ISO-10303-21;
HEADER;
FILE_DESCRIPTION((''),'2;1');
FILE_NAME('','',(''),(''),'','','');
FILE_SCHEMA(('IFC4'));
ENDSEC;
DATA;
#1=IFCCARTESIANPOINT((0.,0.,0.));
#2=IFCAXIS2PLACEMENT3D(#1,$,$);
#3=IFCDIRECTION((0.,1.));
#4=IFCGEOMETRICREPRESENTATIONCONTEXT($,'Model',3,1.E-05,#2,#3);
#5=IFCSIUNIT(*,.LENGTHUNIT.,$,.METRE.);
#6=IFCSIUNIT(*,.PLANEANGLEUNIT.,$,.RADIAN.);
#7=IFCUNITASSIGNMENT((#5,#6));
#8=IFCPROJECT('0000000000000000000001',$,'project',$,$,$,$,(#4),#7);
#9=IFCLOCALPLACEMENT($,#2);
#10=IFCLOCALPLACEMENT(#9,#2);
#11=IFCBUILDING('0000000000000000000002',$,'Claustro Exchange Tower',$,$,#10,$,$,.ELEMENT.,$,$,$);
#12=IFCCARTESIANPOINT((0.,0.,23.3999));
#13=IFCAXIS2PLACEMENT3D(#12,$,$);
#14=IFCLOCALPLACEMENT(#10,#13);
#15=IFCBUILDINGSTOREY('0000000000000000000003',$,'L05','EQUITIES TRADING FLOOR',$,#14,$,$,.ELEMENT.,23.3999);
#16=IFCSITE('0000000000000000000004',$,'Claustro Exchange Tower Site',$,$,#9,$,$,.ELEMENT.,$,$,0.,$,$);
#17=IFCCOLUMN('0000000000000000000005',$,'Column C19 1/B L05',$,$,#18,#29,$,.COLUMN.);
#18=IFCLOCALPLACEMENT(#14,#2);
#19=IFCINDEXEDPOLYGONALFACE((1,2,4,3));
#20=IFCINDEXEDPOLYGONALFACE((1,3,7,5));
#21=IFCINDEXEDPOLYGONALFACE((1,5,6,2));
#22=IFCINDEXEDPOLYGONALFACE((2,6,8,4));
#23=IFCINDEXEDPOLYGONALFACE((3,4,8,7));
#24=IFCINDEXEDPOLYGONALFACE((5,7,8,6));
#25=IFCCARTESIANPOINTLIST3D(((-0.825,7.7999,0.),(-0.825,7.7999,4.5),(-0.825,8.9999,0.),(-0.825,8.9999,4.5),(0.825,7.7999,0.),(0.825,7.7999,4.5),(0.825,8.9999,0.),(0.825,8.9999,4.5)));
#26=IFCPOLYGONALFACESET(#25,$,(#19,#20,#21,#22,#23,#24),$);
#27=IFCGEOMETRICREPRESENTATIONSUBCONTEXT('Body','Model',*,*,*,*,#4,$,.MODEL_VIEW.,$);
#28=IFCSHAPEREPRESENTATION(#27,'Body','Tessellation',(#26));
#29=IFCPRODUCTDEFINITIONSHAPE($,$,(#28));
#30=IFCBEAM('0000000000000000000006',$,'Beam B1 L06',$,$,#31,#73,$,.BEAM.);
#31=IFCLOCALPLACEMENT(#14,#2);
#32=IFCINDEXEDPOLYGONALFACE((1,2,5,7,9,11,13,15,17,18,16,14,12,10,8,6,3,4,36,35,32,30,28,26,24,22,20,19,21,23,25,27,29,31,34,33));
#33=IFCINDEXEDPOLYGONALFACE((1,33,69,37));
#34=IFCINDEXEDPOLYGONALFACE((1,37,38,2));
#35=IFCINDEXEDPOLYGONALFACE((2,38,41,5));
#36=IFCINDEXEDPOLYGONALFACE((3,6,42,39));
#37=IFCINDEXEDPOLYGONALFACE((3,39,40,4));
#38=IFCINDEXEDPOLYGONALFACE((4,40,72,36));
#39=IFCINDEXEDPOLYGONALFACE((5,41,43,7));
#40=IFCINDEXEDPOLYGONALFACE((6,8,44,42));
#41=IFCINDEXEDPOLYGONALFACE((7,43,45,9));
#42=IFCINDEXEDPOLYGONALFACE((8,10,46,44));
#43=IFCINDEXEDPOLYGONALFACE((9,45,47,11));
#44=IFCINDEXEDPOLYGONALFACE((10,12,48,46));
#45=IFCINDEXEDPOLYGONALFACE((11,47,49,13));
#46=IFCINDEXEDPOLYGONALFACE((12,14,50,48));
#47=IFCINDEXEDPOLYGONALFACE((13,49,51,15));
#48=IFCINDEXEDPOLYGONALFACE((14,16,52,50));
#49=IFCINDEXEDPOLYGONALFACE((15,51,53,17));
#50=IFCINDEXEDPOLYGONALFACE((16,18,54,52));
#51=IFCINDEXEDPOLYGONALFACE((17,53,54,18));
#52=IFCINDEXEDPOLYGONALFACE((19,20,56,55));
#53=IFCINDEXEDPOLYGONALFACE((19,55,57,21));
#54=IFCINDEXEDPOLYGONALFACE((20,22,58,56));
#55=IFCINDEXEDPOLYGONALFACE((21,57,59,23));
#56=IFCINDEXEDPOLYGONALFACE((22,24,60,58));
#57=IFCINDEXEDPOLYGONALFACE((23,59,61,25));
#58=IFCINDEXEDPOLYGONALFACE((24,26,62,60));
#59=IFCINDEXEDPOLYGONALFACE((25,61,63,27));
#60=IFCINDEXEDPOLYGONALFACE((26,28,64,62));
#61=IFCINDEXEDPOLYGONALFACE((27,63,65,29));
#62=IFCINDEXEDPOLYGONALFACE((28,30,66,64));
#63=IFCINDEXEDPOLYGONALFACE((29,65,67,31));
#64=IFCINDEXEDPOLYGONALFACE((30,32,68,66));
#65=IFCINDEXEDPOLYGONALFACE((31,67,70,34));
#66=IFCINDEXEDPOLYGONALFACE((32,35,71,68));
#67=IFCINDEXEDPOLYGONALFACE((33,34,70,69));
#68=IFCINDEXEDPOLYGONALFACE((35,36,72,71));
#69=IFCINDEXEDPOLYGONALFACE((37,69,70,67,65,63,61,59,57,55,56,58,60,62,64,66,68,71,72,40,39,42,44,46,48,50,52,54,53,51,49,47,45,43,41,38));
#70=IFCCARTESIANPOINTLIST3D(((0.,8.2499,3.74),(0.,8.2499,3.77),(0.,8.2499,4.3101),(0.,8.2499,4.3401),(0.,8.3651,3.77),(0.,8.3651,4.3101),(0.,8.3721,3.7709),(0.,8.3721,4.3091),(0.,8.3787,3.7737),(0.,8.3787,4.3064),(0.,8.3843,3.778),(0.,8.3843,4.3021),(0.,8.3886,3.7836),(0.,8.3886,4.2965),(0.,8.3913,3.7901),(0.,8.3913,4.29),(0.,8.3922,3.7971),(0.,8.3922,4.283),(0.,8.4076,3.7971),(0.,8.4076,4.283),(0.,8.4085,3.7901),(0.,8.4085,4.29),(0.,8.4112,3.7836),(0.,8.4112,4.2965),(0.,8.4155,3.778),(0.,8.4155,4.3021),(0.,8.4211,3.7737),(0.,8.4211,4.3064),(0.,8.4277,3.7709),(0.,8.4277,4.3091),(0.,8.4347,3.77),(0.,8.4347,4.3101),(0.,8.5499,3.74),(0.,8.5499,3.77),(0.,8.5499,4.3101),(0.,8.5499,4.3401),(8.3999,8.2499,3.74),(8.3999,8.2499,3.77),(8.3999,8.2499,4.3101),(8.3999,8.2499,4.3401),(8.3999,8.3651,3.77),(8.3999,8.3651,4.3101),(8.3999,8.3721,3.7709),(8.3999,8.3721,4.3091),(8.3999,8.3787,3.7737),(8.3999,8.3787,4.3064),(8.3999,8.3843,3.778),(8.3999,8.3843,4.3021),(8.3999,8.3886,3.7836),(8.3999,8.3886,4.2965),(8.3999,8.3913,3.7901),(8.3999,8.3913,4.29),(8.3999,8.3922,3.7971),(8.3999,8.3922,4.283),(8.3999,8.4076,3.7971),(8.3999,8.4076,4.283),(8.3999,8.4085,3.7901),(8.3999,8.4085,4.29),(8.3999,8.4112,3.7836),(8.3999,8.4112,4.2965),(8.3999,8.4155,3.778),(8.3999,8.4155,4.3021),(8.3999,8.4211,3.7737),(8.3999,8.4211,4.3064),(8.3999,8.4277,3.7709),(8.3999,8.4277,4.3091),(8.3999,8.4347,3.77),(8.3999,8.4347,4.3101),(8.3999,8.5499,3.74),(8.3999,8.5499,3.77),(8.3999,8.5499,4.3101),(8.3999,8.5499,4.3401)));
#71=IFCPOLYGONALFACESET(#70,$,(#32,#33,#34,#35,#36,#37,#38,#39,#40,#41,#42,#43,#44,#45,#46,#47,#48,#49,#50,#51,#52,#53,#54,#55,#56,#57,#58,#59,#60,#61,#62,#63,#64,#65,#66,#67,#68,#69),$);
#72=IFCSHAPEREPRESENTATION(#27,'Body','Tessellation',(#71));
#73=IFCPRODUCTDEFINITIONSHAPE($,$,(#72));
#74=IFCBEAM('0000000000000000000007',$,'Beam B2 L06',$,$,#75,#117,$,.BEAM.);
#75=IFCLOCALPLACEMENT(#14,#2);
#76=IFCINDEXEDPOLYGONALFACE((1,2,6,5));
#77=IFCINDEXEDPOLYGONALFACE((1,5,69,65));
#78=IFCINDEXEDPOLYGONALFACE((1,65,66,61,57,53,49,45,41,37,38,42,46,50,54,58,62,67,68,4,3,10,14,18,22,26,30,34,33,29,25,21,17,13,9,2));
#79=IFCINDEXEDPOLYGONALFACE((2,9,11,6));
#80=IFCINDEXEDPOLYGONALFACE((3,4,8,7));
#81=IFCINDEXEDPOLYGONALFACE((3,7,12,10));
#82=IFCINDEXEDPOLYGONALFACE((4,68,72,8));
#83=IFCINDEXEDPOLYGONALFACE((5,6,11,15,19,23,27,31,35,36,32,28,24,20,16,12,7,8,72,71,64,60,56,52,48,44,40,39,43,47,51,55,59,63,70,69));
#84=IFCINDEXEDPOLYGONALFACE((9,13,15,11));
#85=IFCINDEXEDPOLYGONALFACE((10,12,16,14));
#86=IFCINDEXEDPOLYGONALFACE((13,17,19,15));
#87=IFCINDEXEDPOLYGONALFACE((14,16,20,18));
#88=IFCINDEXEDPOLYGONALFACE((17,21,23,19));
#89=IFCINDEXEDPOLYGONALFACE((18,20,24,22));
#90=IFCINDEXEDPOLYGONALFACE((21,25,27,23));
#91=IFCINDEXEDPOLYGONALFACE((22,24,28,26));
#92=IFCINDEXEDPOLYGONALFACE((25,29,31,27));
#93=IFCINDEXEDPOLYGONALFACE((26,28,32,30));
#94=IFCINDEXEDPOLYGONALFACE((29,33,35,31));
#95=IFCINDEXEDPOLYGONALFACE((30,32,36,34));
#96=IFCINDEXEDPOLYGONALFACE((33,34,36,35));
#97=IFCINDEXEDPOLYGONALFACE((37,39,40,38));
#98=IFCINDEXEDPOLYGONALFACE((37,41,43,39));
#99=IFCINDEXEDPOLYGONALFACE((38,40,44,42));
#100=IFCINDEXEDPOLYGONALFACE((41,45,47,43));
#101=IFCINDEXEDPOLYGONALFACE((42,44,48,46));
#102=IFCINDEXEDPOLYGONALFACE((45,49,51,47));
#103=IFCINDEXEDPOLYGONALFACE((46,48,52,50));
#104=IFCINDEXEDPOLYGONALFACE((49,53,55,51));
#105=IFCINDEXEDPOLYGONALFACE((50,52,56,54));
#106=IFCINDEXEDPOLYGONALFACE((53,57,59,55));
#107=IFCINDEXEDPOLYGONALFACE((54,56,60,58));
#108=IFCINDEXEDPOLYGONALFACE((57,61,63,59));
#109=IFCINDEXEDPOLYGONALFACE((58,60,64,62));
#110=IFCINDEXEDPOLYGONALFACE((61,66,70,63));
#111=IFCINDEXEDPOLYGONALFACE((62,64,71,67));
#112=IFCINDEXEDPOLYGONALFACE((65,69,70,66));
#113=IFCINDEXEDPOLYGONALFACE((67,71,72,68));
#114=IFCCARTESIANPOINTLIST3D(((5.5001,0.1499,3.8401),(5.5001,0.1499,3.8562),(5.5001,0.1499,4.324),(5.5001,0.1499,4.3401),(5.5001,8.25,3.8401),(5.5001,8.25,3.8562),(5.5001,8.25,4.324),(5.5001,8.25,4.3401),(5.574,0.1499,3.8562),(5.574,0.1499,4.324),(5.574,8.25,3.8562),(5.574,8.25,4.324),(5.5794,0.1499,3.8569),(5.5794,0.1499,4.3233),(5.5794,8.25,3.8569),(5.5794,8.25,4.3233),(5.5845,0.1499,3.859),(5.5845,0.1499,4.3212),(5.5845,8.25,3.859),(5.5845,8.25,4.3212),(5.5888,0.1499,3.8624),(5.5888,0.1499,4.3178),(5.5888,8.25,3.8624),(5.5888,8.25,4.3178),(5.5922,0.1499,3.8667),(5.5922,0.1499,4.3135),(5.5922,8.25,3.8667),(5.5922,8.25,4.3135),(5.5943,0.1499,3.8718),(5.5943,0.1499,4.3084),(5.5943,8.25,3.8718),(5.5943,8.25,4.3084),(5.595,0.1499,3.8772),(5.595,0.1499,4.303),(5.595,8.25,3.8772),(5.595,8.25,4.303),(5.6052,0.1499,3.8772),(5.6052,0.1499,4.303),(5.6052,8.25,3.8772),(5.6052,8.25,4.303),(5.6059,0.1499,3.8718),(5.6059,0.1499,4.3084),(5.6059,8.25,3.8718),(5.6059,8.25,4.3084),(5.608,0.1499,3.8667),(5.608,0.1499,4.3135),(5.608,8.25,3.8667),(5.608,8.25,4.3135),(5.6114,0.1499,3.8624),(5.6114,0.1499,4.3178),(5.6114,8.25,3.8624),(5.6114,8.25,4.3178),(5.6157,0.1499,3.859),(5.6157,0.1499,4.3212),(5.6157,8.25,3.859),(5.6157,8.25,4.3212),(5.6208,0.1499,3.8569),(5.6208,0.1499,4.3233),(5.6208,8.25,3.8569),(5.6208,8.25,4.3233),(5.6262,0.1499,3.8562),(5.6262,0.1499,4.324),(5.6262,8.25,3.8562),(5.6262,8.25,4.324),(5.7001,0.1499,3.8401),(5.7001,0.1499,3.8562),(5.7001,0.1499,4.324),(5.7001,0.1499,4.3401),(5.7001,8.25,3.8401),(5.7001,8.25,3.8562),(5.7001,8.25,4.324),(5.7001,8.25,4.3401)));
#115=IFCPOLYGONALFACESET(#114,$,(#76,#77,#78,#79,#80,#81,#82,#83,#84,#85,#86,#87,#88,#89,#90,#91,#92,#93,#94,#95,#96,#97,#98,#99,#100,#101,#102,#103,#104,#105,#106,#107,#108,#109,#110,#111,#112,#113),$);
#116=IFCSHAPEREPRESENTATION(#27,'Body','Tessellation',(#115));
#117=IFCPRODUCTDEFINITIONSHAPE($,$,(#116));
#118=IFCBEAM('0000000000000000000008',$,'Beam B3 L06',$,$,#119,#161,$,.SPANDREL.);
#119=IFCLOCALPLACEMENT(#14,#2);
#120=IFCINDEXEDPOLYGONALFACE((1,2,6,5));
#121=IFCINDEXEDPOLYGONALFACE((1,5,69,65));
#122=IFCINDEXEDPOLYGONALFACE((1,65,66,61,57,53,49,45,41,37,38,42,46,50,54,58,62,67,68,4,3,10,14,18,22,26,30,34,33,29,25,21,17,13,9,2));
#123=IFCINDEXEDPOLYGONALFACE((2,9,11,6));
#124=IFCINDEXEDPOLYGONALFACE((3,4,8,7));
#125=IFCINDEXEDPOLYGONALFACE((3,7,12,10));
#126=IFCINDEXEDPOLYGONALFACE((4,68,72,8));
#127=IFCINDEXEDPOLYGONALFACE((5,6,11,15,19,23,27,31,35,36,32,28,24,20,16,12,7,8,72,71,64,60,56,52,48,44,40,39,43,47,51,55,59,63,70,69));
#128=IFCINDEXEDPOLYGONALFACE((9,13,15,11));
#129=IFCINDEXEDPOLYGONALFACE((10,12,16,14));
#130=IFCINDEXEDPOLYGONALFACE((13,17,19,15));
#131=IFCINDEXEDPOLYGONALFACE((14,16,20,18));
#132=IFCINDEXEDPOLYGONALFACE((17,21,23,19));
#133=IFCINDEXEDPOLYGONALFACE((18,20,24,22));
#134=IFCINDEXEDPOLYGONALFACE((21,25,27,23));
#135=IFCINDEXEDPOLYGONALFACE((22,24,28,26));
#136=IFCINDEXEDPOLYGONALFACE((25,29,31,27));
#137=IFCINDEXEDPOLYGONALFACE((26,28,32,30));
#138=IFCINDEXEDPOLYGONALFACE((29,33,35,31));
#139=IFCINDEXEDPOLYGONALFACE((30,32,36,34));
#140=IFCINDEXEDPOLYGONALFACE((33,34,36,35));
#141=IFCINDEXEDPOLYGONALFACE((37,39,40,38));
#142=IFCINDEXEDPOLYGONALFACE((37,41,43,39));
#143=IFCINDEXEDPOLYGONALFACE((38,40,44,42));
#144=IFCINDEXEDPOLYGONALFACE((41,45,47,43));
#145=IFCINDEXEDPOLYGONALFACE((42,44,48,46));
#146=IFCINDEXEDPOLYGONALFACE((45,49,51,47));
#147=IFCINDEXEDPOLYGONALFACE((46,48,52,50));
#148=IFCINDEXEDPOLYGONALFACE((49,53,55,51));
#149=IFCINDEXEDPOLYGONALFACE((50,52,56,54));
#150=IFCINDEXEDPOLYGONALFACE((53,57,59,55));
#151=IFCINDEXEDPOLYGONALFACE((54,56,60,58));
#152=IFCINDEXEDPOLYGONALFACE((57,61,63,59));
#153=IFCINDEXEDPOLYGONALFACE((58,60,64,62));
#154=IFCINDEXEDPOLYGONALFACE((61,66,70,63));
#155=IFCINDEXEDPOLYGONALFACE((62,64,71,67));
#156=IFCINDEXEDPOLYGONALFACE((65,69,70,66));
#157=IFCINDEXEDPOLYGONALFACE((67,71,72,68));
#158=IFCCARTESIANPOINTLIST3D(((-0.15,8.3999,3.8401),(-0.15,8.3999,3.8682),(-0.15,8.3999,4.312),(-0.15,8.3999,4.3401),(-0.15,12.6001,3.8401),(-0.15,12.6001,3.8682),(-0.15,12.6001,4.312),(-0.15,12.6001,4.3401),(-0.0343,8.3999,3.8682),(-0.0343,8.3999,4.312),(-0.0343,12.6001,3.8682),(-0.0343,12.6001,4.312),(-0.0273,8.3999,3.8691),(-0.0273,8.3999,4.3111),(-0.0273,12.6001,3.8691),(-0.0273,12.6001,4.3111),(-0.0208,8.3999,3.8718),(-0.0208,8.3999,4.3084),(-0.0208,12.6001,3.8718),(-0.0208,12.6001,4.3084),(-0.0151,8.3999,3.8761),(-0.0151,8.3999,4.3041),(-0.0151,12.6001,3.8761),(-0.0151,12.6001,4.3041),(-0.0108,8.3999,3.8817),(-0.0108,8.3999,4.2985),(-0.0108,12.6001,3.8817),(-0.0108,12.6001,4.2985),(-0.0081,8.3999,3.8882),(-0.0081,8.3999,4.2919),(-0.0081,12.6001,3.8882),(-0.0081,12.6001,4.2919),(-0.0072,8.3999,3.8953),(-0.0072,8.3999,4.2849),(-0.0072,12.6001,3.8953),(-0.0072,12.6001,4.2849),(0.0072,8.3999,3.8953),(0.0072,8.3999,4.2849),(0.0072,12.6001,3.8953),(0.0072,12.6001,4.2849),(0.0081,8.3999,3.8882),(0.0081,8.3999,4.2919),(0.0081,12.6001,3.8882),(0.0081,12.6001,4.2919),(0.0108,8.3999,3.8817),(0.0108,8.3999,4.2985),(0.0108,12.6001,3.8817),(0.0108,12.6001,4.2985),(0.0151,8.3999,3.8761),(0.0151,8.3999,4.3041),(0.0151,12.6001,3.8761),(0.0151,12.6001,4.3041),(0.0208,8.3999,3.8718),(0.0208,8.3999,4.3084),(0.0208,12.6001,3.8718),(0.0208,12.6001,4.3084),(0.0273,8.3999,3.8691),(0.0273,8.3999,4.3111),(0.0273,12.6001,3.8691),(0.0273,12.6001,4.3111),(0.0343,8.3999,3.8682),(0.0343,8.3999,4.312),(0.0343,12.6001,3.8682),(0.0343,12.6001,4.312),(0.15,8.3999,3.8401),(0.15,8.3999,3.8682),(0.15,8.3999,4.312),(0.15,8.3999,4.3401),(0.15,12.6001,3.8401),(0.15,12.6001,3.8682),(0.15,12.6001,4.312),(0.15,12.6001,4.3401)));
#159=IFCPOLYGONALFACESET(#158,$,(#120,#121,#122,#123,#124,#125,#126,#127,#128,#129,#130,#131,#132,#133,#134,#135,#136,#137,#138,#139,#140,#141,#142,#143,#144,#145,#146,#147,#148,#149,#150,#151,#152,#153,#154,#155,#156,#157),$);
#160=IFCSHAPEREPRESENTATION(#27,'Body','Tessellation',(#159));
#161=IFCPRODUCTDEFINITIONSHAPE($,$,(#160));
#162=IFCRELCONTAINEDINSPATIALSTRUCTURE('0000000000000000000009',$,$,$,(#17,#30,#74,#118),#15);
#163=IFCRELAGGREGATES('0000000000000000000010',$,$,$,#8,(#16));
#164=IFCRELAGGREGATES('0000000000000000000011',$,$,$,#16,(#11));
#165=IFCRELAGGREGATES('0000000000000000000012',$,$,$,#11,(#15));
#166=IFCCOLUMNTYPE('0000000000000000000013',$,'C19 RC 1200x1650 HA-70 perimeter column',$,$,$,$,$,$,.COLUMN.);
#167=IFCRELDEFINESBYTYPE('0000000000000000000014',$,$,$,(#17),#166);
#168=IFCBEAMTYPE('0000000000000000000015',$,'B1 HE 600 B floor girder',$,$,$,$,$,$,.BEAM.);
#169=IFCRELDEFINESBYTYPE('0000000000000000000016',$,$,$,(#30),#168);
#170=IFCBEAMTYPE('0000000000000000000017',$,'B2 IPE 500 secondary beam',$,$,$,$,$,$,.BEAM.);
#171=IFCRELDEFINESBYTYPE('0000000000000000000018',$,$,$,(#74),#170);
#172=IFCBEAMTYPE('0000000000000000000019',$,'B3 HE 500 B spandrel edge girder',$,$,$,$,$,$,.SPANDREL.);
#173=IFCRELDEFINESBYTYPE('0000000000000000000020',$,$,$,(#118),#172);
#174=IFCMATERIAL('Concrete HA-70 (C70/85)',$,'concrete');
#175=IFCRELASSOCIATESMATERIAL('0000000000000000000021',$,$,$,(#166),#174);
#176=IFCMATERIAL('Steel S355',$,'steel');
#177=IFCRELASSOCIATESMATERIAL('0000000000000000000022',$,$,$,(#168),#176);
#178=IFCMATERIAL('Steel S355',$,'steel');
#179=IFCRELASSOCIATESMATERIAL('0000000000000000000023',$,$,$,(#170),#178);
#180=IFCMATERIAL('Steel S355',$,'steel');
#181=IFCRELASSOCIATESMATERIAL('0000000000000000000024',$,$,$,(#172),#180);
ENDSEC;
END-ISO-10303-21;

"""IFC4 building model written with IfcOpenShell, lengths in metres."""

from ifc_helpers import new_model, si_unit, direction, frame, origin, origin_2d, place, context, subcontext, project, spatial, rectangle, i_section, extrude, material, material_profile, profile_set, type_object, element, save


model = new_model("IFC4")

# Units and contexts
model_context = context("Model", 3, precision=1e-05, world=origin(), true_north=direction((0.0, 1.0)))
body_context = subcontext(model_context, "Body", "Model", "MODEL_VIEW")
ifc_project = project(units=[si_unit("LENGTHUNIT", "METRE"), si_unit("PLANEANGLEUNIT", "RADIAN")], contexts=[model_context])

# Site, building, storey
site_placement = place(None, origin())
site = spatial("IfcSite", under=ifc_project, at=site_placement, Name="Claustro Exchange Tower Site", CompositionType="ELEMENT", RefElevation=0.0)
building_placement = place(site_placement, origin())
building = spatial("IfcBuilding", under=site, at=building_placement, Name="Claustro Exchange Tower", CompositionType="ELEMENT")
storey_placement = place(building_placement, frame((0.0, 0.0, 23.3999)))
storey = spatial("IfcBuildingStorey", under=building, at=storey_placement, Name="L05", Description="EQUITIES TRADING FLOOR", CompositionType="ELEMENT", Elevation=23.3999)

# Column
ifc_material_1 = material(Name="Concrete HA-70 (C70/85)", Category="concrete")
ifc_material_profile_1 = material_profile(ifc_material_1, rectangle(XDim=1.2, YDim=1.6499, at=origin_2d()), Name="RC 1200x1650")
ifc_profile_set_1 = profile_set([ifc_material_profile_1], Name="Concrete HA-70 (C70/85)")
column_type = type_object("IfcColumnType", Name="C19 RC 1200x1650 HA-70 perimeter column", PredefinedType="COLUMN", material=ifc_profile_set_1)
column_placement = place(storey_placement, frame((0.0, 8.3999, 0.0), z_axis=(0.0, 0.0, 1.0), x_axis=(0.0, 1.0, 0.0)))
element("IfcColumn", 1, at=column_placement, inside=storey, type_object=column_type, Name="Column C19 1/B L05", PredefinedType="COLUMN", context=body_context, shape_type="SweptSolid", body=[
    extrude(rectangle(XDim=1.2, YDim=1.6499, at=origin_2d()), origin(), (0.0, 0.0, 1.0), 4.5),
])

# Beams
ifc_material_2 = material(Name="Steel S355", Category="steel")
ifc_material_profile_2 = material_profile(ifc_material_2, i_section(OverallWidth=0.3, OverallDepth=0.6001, WebThickness=0.0154, FlangeThickness=0.03, FilletRadius=0.0271, at=origin_2d()), Name="HE 600 B")
ifc_profile_set_2 = profile_set([ifc_material_profile_2], Name="Steel S355")
beam_type_1 = type_object("IfcBeamType", Name="B1 HE 600 B floor girder", PredefinedType="BEAM", material=ifc_profile_set_2)
beam_1_placement = place(storey_placement, frame((0.0, 8.3999, 4.04), z_axis=(1.0, 0.0, 0.0), x_axis=(0.0, 1.0, 0.0)))
element("IfcBeam", 2, at=beam_1_placement, inside=storey, type_object=beam_type_1, Name="Beam B1 L06", PredefinedType="BEAM", context=body_context, shape_type="SweptSolid", body=[
    extrude(i_section(OverallWidth=0.3, OverallDepth=0.6001, WebThickness=0.0154, FlangeThickness=0.03, FilletRadius=0.0271, at=origin_2d()), origin(), (0.0, 0.0, 1.0), 8.3999),
])
ifc_material_3 = material(Name="Steel S355", Category="steel")
ifc_material_profile_3 = material_profile(ifc_material_3, i_section(OverallWidth=0.2, OverallDepth=0.5, WebThickness=0.0103, FlangeThickness=0.0161, FilletRadius=0.021, at=origin_2d()), Name="IPE 500")
ifc_profile_set_3 = profile_set([ifc_material_profile_3], Name="Steel S355")
beam_type_2 = type_object("IfcBeamType", Name="B2 IPE 500 secondary beam", PredefinedType="BEAM", material=ifc_profile_set_3)
beam_2_placement = place(storey_placement, frame((5.6001, 0.1499, 4.0901), z_axis=(0.0, 1.0, 0.0), x_axis=(-1.0, 0.0, 0.0)))
element("IfcBeam", 3, at=beam_2_placement, inside=storey, type_object=beam_type_2, Name="Beam B2 L06", PredefinedType="BEAM", context=body_context, shape_type="SweptSolid", body=[
    extrude(i_section(OverallWidth=0.2, OverallDepth=0.5, WebThickness=0.0103, FlangeThickness=0.0161, FilletRadius=0.021, at=origin_2d()), origin(), (0.0, 0.0, 1.0), 8.1001),
])
ifc_material_4 = material(Name="Steel S355", Category="steel")
ifc_material_profile_4 = material_profile(ifc_material_4, i_section(OverallWidth=0.3, OverallDepth=0.5, WebThickness=0.0144, FlangeThickness=0.0281, FilletRadius=0.0271, at=origin_2d()), Name="HE 500 B")
ifc_profile_set_4 = profile_set([ifc_material_profile_4], Name="Steel S355")
beam_type_3 = type_object("IfcBeamType", Name="B3 HE 500 B spandrel edge girder", PredefinedType="SPANDREL", material=ifc_profile_set_4)
beam_3_placement = place(storey_placement, frame((0.0, 8.3999, 4.0901), z_axis=(0.0, 1.0, 0.0), x_axis=(-1.0, 0.0, 0.0)))
element("IfcBeam", 4, at=beam_3_placement, inside=storey, type_object=beam_type_3, Name="Beam B3 L06", PredefinedType="SPANDREL", context=body_context, shape_type="SweptSolid", body=[
    extrude(i_section(OverallWidth=0.3, OverallDepth=0.5, WebThickness=0.0144, FlangeThickness=0.0281, FilletRadius=0.0271, at=origin_2d()), origin(), (0.0, 0.0, 1.0), 4.2002),
])

save(model, "model.ifc")
